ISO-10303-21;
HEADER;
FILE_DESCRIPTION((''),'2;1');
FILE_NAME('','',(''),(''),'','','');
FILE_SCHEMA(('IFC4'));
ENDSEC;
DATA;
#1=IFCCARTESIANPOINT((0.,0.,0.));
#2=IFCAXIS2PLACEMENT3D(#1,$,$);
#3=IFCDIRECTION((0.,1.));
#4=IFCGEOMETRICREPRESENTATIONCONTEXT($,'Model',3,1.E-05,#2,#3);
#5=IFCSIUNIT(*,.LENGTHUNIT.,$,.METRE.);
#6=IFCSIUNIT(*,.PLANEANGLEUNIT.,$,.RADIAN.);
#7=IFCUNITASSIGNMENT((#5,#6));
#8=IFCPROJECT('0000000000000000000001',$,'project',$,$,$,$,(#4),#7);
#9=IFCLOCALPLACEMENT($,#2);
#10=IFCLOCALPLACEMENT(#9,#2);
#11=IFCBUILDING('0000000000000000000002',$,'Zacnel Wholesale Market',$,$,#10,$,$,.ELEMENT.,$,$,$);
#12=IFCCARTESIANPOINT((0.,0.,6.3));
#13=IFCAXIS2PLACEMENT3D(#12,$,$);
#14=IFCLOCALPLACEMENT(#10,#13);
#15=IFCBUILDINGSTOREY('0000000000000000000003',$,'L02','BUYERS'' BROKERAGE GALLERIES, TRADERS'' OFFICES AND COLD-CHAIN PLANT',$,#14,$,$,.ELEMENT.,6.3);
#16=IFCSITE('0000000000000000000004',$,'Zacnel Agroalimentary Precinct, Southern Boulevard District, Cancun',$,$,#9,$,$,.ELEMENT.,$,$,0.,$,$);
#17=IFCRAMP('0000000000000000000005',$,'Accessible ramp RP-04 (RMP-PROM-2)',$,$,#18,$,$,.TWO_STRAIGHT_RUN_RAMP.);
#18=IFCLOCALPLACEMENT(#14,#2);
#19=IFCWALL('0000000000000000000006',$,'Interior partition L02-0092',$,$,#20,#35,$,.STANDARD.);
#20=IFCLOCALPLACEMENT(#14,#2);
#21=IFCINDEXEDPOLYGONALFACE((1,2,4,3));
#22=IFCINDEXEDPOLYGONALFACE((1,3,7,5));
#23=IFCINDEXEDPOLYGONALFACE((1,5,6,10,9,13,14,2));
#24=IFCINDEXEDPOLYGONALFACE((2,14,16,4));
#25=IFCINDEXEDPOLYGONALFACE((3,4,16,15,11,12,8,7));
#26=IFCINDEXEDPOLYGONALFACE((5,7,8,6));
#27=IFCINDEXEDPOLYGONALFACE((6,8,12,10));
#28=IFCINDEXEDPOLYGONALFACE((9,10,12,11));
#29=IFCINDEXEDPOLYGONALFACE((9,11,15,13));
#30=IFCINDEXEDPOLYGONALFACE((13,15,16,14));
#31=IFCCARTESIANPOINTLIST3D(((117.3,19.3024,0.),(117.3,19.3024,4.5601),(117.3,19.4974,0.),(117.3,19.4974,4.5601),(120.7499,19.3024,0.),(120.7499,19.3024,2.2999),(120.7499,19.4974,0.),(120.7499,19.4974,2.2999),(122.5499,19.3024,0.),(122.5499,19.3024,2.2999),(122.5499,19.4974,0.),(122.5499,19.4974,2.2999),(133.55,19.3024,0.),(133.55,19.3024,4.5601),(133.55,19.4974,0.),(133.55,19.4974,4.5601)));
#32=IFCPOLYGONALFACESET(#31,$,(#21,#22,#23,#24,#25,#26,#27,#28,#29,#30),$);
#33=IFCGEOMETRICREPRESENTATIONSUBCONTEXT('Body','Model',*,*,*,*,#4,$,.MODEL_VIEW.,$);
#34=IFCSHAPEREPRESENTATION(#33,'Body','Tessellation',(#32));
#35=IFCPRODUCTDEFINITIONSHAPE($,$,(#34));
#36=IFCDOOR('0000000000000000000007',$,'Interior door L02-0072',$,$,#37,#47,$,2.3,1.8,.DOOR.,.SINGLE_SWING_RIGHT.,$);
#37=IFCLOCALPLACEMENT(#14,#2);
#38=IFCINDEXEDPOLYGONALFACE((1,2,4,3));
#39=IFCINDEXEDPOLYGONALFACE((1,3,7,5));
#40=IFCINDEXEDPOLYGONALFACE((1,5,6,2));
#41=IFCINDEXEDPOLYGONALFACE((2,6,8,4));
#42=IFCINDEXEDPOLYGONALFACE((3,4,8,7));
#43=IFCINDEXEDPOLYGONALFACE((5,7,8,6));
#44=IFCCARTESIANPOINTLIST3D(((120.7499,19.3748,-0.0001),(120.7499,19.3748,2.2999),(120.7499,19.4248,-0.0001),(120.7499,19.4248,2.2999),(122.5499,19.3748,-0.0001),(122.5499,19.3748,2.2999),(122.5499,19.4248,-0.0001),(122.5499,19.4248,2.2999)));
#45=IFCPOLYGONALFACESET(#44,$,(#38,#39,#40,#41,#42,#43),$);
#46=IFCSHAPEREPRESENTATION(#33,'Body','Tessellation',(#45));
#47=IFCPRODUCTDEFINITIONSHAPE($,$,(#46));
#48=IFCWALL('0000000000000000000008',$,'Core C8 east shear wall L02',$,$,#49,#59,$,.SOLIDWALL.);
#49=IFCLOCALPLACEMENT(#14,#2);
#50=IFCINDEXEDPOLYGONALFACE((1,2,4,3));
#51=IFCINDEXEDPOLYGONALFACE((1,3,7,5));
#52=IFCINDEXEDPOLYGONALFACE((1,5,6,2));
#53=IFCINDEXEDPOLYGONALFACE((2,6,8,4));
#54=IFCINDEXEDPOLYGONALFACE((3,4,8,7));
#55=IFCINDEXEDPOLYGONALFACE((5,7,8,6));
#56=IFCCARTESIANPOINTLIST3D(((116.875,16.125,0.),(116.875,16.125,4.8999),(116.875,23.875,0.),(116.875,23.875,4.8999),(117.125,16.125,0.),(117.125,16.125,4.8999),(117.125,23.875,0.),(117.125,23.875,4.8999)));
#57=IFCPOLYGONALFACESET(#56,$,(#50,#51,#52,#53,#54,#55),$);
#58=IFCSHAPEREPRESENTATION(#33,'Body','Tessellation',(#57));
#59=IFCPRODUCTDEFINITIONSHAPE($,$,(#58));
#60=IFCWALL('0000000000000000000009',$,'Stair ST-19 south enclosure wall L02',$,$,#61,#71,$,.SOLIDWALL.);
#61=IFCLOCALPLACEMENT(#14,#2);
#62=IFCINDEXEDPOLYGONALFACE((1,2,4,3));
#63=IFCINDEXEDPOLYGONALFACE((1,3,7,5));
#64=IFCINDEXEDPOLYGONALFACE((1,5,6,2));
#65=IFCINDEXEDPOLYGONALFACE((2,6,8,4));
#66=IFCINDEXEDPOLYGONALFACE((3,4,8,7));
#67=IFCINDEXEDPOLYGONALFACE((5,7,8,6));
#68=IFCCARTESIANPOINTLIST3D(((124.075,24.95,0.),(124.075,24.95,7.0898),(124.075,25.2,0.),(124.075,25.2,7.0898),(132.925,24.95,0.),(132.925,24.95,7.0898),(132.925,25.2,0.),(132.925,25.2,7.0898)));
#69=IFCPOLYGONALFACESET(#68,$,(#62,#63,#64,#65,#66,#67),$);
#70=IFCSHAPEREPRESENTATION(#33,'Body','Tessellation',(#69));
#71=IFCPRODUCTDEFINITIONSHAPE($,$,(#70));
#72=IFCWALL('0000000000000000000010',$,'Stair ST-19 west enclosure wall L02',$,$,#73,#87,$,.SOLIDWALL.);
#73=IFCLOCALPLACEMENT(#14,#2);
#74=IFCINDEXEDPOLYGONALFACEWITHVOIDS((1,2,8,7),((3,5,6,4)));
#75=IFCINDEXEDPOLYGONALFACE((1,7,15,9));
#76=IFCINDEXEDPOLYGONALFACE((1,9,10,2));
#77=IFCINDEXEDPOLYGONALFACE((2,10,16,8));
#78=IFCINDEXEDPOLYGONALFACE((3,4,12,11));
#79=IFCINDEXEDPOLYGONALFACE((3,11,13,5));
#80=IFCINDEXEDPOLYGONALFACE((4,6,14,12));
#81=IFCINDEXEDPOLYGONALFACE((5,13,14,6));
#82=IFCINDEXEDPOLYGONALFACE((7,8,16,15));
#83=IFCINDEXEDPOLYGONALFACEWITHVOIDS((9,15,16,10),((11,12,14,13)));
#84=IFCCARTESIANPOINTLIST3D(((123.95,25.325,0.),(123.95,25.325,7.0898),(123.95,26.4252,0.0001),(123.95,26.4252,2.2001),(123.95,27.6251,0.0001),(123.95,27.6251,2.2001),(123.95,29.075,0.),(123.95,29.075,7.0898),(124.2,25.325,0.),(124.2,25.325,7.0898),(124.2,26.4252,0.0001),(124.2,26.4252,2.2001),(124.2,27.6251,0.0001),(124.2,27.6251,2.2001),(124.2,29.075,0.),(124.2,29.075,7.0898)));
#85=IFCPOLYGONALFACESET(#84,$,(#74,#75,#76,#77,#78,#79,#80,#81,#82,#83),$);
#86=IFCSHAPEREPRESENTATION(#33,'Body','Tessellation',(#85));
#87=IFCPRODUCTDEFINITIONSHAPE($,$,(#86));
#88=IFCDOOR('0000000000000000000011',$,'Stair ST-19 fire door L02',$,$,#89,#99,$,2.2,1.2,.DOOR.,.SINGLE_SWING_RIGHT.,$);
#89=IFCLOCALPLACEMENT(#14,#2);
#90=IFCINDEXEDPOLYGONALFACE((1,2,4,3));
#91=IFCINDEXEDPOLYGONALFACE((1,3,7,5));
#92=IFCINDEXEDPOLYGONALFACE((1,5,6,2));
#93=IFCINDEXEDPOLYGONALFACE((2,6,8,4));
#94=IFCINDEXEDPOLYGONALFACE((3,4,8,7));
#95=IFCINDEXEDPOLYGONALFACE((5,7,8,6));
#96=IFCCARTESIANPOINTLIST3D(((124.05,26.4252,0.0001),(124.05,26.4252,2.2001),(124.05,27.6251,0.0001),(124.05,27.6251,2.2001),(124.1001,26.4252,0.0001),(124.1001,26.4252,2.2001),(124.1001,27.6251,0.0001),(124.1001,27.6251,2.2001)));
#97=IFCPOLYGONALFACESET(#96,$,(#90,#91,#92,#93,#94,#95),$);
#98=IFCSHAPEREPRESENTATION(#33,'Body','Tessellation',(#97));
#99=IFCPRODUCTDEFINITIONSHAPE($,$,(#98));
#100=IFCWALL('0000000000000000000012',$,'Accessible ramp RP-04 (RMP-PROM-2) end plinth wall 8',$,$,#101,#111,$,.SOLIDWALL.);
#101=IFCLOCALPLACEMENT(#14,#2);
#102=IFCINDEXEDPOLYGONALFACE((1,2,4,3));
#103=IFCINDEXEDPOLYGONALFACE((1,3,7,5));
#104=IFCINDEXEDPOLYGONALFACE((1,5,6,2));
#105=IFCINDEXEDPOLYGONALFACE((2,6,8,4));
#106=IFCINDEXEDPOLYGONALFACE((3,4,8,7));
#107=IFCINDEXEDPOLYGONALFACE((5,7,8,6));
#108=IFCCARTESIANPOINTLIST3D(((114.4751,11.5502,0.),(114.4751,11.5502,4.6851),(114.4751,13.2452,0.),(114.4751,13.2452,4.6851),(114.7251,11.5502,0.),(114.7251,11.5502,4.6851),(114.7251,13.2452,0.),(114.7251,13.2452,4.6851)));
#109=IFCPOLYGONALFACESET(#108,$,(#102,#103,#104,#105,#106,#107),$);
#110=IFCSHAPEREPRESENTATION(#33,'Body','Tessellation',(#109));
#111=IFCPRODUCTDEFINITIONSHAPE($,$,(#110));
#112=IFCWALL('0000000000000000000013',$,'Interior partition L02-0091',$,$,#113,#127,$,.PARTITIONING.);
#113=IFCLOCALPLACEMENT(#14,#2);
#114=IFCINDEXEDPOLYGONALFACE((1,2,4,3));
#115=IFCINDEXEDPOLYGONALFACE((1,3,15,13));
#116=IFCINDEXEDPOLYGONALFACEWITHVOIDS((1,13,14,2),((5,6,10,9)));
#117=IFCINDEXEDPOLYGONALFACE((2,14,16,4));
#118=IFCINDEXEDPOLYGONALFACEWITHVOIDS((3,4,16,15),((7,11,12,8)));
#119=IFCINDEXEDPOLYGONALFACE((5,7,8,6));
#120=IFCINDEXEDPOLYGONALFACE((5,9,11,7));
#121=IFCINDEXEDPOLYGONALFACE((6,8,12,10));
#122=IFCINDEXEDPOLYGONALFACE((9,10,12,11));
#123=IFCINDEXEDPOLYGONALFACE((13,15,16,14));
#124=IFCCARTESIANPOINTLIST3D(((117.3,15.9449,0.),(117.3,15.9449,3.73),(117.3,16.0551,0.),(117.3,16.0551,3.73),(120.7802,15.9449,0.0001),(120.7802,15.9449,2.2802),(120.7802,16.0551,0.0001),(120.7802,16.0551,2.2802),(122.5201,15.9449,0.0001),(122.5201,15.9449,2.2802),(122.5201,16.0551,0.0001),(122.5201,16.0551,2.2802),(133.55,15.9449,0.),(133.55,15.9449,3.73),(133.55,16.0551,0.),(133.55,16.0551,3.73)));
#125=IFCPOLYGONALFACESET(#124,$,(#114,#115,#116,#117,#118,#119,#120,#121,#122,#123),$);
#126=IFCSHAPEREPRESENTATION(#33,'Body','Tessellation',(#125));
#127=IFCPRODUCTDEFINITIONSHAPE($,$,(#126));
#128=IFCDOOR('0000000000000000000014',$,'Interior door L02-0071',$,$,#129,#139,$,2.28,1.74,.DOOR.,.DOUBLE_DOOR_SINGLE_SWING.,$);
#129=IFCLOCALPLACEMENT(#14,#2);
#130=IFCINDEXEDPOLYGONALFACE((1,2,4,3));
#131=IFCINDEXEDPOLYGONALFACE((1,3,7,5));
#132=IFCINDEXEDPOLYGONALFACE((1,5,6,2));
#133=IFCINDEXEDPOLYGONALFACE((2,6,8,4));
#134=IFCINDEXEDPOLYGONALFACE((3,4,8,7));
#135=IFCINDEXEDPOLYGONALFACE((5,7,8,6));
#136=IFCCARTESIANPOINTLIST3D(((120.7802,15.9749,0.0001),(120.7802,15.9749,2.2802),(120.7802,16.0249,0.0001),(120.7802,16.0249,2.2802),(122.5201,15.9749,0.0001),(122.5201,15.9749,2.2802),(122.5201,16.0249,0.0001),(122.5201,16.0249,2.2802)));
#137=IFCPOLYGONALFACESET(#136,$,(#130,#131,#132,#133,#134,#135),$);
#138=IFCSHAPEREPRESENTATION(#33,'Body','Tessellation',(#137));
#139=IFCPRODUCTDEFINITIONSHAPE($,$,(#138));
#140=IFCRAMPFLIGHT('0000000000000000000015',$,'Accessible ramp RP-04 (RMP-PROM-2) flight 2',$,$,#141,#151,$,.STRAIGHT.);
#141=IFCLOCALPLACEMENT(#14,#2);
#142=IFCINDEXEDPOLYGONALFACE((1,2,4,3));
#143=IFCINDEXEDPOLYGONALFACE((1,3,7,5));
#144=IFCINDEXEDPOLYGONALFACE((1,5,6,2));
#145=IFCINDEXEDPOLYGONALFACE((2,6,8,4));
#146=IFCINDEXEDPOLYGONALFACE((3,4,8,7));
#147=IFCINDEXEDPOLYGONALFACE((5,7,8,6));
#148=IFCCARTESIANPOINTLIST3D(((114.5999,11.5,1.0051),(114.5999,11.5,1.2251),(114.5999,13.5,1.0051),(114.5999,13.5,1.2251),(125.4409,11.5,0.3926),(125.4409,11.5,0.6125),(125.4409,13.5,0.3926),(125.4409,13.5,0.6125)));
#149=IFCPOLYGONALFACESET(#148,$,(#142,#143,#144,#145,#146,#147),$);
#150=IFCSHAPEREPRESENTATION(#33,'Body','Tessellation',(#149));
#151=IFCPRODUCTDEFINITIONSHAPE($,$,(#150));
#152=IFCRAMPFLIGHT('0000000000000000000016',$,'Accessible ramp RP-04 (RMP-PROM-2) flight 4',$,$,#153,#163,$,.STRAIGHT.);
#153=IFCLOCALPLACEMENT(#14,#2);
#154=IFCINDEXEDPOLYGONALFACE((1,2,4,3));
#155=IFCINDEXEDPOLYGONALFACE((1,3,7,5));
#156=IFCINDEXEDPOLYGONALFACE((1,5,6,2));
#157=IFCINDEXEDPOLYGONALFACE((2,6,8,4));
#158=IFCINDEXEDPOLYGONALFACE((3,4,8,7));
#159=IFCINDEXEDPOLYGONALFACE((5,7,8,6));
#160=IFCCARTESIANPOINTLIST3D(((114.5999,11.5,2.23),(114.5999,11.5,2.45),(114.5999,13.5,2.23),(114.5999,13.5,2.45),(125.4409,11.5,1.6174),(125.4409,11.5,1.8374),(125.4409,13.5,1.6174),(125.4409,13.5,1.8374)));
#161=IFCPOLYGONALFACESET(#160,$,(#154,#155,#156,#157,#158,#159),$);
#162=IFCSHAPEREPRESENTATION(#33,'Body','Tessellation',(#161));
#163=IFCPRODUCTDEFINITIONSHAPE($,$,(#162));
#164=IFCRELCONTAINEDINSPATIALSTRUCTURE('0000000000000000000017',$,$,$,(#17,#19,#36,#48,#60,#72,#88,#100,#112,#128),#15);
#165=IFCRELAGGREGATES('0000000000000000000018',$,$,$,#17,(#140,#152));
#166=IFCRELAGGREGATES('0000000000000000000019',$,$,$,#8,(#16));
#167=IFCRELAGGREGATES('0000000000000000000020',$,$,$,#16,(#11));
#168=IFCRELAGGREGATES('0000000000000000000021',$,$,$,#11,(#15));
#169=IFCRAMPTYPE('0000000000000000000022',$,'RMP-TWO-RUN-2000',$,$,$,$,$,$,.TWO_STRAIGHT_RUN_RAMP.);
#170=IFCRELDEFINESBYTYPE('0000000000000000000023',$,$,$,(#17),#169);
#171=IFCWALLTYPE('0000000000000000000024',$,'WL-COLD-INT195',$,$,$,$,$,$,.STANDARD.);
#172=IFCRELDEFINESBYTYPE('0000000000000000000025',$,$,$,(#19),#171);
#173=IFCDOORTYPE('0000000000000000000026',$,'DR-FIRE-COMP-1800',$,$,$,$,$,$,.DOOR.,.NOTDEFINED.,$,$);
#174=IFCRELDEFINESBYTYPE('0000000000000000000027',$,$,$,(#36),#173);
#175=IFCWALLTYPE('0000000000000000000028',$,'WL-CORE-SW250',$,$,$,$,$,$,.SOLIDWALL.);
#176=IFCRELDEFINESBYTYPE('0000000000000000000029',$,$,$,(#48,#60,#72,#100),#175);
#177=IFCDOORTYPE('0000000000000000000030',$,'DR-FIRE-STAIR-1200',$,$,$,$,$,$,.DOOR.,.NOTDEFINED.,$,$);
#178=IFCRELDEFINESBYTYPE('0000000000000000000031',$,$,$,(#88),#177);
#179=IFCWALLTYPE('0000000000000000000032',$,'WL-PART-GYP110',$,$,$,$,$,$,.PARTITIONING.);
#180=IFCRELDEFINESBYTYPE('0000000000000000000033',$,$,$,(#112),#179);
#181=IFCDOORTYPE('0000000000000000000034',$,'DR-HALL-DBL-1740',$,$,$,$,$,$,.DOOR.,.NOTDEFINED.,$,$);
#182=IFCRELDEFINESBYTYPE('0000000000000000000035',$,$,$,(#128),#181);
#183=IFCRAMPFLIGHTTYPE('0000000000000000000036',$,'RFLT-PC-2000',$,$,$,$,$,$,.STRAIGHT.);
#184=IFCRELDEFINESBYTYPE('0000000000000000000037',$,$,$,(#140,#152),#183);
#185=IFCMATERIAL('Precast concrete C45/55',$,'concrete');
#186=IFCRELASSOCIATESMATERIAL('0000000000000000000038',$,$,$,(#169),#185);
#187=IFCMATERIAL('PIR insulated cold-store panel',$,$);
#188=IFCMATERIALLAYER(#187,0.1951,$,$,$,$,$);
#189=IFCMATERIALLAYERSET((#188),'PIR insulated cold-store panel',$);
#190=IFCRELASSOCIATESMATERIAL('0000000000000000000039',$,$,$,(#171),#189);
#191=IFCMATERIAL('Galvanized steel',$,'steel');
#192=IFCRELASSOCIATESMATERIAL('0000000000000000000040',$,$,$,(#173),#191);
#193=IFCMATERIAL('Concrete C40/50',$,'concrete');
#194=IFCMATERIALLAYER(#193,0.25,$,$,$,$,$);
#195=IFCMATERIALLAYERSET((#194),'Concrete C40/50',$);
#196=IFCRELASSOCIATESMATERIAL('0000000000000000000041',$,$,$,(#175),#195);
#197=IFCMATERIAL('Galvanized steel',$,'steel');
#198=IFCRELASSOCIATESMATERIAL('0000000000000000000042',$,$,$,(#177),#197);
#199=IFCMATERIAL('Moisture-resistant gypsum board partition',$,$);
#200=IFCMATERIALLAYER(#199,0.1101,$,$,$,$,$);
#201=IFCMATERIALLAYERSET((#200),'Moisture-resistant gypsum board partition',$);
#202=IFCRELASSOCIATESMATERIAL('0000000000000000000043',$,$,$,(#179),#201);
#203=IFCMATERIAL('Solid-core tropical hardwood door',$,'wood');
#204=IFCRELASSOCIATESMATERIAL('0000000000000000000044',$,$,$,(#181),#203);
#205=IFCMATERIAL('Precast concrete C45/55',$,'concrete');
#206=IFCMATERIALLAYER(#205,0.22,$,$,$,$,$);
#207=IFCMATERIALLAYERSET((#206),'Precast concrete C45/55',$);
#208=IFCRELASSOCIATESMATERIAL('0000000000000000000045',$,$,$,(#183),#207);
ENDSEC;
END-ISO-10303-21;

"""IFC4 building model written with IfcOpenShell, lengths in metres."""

from ifc_helpers import new_model, si_unit, direction, frame, frame_2d, origin, place, context, subcontext, project, spatial, polyline, rectangle, outline, extrude, material, layer, layer_set, type_object, element, fill, aggregate, save


model = new_model("IFC4")

# Units and contexts
model_context = context("Model", 3, precision=1e-05, world=origin(), true_north=direction((0.0, 1.0)))
body_context = subcontext(model_context, "Body", "Model", "MODEL_VIEW")
ifc_project = project(units=[si_unit("LENGTHUNIT", "METRE"), si_unit("PLANEANGLEUNIT", "RADIAN")], contexts=[model_context])

# Site, building, storey
site_placement = place(None, origin())
site = spatial("IfcSite", under=ifc_project, at=site_placement, Name="Zacnel Agroalimentary Precinct, Southern Boulevard District, Cancun", CompositionType="ELEMENT", RefElevation=0.0)
building_placement = place(site_placement, origin())
building = spatial("IfcBuilding", under=site, at=building_placement, Name="Zacnel Wholesale Market", CompositionType="ELEMENT")
storey_placement = place(building_placement, frame((0.0, 0.0, 6.3)))
storey = spatial("IfcBuildingStorey", under=building, at=storey_placement, Name="L02", Description="BUYERS' BROKERAGE GALLERIES, TRADERS' OFFICES AND COLD-CHAIN PLANT", CompositionType="ELEMENT", Elevation=6.3)

# Ramp
ifc_material_1 = material(Name="Precast concrete C45/55", Category="concrete")
ramp_type = type_object("IfcRampType", Name="RMP-TWO-RUN-2000", PredefinedType="TWO_STRAIGHT_RUN_RAMP", material=ifc_material_1)
ramp_placement = place(storey_placement, origin())
ramp = element("IfcRamp", 1, at=ramp_placement, inside=storey, type_object=ramp_type, Name="Accessible ramp RP-04 (RMP-PROM-2)", PredefinedType="TWO_STRAIGHT_RUN_RAMP")

# Wall, opening, door
ifc_material_2 = material(Name="PIR insulated cold-store panel")
ifc_layer_1 = layer(ifc_material_2, 0.1951)
ifc_layer_set_1 = layer_set([ifc_layer_1], Name="PIR insulated cold-store panel")
wall_type_1 = type_object("IfcWallType", Name="WL-COLD-INT195", PredefinedType="STANDARD", material=ifc_layer_set_1)
wall_1_placement = place(storey_placement, frame((117.3, 19.3999, 0.0), z_axis=(0.0, 0.0, 1.0), x_axis=(1.0, 0.0, 0.0)))
wall_1 = element("IfcWall", 2, at=wall_1_placement, inside=storey, type_object=wall_type_1, Name="Interior partition L02-0092", PredefinedType="STANDARD", context=body_context, shape_type="SweptSolid", body=[
    extrude(rectangle(XDim=16.25, YDim=0.1951, at=frame_2d((8.125, 0.0))), origin(), (0.0, 0.0, 1.0), 4.5601),
])
opening_1_placement = place(wall_1_placement, frame((3.45, 0.0, 0.0)))
opening_1 = element("IfcOpeningElement", 3, at=opening_1_placement, cuts=wall_1, PredefinedType="OPENING", context=body_context, shape_type="SweptSolid", body=[
    extrude(rectangle(XDim=1.8, YDim=2.3, at=frame_2d((0.8999, 1.1499))), frame((0.0, 0.1074, 0.0), z_axis=(0.0, -1.0, 0.0), x_axis=(1.0, 0.0, 0.0)), (0.0, 0.0, 1.0), 0.2151),
])
ifc_material_3 = material(Name="Galvanized steel", Category="steel")
door_type_1 = type_object("IfcDoorType", Name="DR-FIRE-COMP-1800", OperationType="NOTDEFINED", PredefinedType="DOOR", material=ifc_material_3)
door_1_placement = place(opening_1_placement, origin())
door_1 = element("IfcDoor", 4, at=door_1_placement, inside=storey, type_object=door_type_1, Name="Interior door L02-0072", OperationType="SINGLE_SWING_RIGHT", OverallHeight=2.3, OverallWidth=1.8, PredefinedType="DOOR", context=body_context, shape_type="SweptSolid", body=[
    extrude(rectangle(XDim=1.8, YDim=2.3, at=frame_2d((0.8999, 1.1499))), frame((0.0, 0.0249, 0.0), z_axis=(0.0, -1.0, 0.0), x_axis=(1.0, 0.0, 0.0)), (0.0, 0.0, 1.0), 0.05),
])
fill(opening_1, door_1)

# Walls
ifc_material_4 = material(Name="Concrete C40/50", Category="concrete")
ifc_layer_2 = layer(ifc_material_4, 0.25)
ifc_layer_set_2 = layer_set([ifc_layer_2], Name="Concrete C40/50")
wall_type_2 = type_object("IfcWallType", Name="WL-CORE-SW250", PredefinedType="SOLIDWALL", material=ifc_layer_set_2)
wall_2_placement = place(storey_placement, frame((117.0, 16.125, 0.0), z_axis=(0.0, 0.0, 1.0), x_axis=(0.0, 1.0, 0.0)))
element("IfcWall", 5, at=wall_2_placement, inside=storey, type_object=wall_type_2, Name="Core C8 east shear wall L02", PredefinedType="SOLIDWALL", context=body_context, shape_type="SweptSolid", body=[
    extrude(rectangle(XDim=7.75, YDim=0.25, at=frame_2d((3.875, 0.0))), origin(), (0.0, 0.0, 1.0), 4.8999),
])
wall_3_placement = place(storey_placement, frame((124.075, 25.075, 0.0), z_axis=(0.0, 0.0, 1.0), x_axis=(1.0, 0.0, 0.0)))
element("IfcWall", 6, at=wall_3_placement, inside=storey, type_object=wall_type_2, Name="Stair ST-19 south enclosure wall L02", PredefinedType="SOLIDWALL", context=body_context, shape_type="SweptSolid", body=[
    extrude(rectangle(XDim=8.8501, YDim=0.25, at=frame_2d((4.425, 0.0))), origin(), (0.0, 0.0, 1.0), 7.0898),
])

# Wall, opening, door
wall_4_placement = place(storey_placement, frame((124.075, 25.325, 0.0), z_axis=(0.0, 0.0, 1.0), x_axis=(0.0, 1.0, 0.0)))
wall_4 = element("IfcWall", 7, at=wall_4_placement, inside=storey, type_object=wall_type_2, Name="Stair ST-19 west enclosure wall L02", PredefinedType="SOLIDWALL", context=body_context, shape_type="SweptSolid", body=[
    extrude(rectangle(XDim=3.75, YDim=0.25, at=frame_2d((1.875, 0.0))), origin(), (0.0, 0.0, 1.0), 7.0898),
])
opening_2_placement = place(wall_4_placement, frame((1.1001, 0.0, 0.0)))
opening_2 = element("IfcOpeningElement", 8, at=opening_2_placement, cuts=wall_4, PredefinedType="OPENING", context=body_context, shape_type="SweptSolid", body=[
    extrude(rectangle(XDim=1.2, YDim=2.2, at=frame_2d((0.6001, 1.1001))), frame((0.0, 0.135, 0.0), z_axis=(0.0, -1.0, 0.0), x_axis=(1.0, 0.0, 0.0)), (0.0, 0.0, 1.0), 0.27),
])
ifc_material_5 = material(Name="Galvanized steel", Category="steel")
door_type_2 = type_object("IfcDoorType", Name="DR-FIRE-STAIR-1200", OperationType="NOTDEFINED", PredefinedType="DOOR", material=ifc_material_5)
door_2_placement = place(opening_2_placement, origin())
door_2 = element("IfcDoor", 9, at=door_2_placement, inside=storey, type_object=door_type_2, Name="Stair ST-19 fire door L02", OperationType="SINGLE_SWING_RIGHT", OverallHeight=2.2, OverallWidth=1.2, PredefinedType="DOOR", context=body_context, shape_type="SweptSolid", body=[
    extrude(rectangle(XDim=1.2, YDim=2.2, at=frame_2d((0.6001, 1.1001))), frame((0.0, 0.0249, 0.0), z_axis=(0.0, -1.0, 0.0), x_axis=(1.0, 0.0, 0.0)), (0.0, 0.0, 1.0), 0.05),
])
fill(opening_2, door_2)

# Wall
wall_5_placement = place(storey_placement, frame((114.6001, 11.55, 0.0), z_axis=(0.0, 0.0, 1.0), x_axis=(0.0, 1.0, 0.0)))
element("IfcWall", 10, at=wall_5_placement, inside=storey, type_object=wall_type_2, Name="Accessible ramp RP-04 (RMP-PROM-2) end plinth wall 8", PredefinedType="SOLIDWALL", context=body_context, shape_type="SweptSolid", body=[
    extrude(rectangle(XDim=1.6951, YDim=0.25, at=frame_2d((0.8477, 0.0))), origin(), (0.0, 0.0, 1.0), 4.6851),
])

# Wall, opening, door
ifc_material_6 = material(Name="Moisture-resistant gypsum board partition")
ifc_layer_3 = layer(ifc_material_6, 0.1101)
ifc_layer_set_3 = layer_set([ifc_layer_3], Name="Moisture-resistant gypsum board partition")
wall_type_3 = type_object("IfcWallType", Name="WL-PART-GYP110", PredefinedType="PARTITIONING", material=ifc_layer_set_3)
wall_6_placement = place(storey_placement, frame((117.3, 16.0, 0.0), z_axis=(0.0, 0.0, 1.0), x_axis=(1.0, 0.0, 0.0)))
wall_6 = element("IfcWall", 11, at=wall_6_placement, inside=storey, type_object=wall_type_3, Name="Interior partition L02-0091", PredefinedType="PARTITIONING", context=body_context, shape_type="SweptSolid", body=[
    extrude(rectangle(XDim=16.25, YDim=0.1101, at=frame_2d((8.125, 0.0))), origin(), (0.0, 0.0, 1.0), 3.73),
])
opening_3_placement = place(wall_6_placement, frame((3.48, 0.0, 0.0)))
opening_3 = element("IfcOpeningElement", 12, at=opening_3_placement, cuts=wall_6, PredefinedType="OPENING", context=body_context, shape_type="SweptSolid", body=[
    extrude(rectangle(XDim=1.74, YDim=2.28, at=frame_2d((0.8701, 1.1401))), frame((0.0, 0.0649, 0.0), z_axis=(0.0, -1.0, 0.0), x_axis=(1.0, 0.0, 0.0)), (0.0, 0.0, 1.0), 0.1301),
])
ifc_material_7 = material(Name="Solid-core tropical hardwood door", Category="wood")
door_type_3 = type_object("IfcDoorType", Name="DR-HALL-DBL-1740", OperationType="NOTDEFINED", PredefinedType="DOOR", material=ifc_material_7)
door_3_placement = place(opening_3_placement, origin())
door_3 = element("IfcDoor", 13, at=door_3_placement, inside=storey, type_object=door_type_3, Name="Interior door L02-0071", OperationType="DOUBLE_DOOR_SINGLE_SWING", OverallHeight=2.28, OverallWidth=1.74, PredefinedType="DOOR", context=body_context, shape_type="SweptSolid", body=[
    extrude(rectangle(XDim=1.74, YDim=2.28, at=frame_2d((0.8701, 1.1401))), frame((0.0, 0.0249, 0.0), z_axis=(0.0, -1.0, 0.0), x_axis=(1.0, 0.0, 0.0)), (0.0, 0.0, 1.0), 0.05),
])
fill(opening_3, door_3)

# Ramp flights
ifc_material_8 = material(Name="Precast concrete C45/55", Category="concrete")
ifc_layer_4 = layer(ifc_material_8, 0.22)
ifc_layer_set_4 = layer_set([ifc_layer_4], Name="Precast concrete C45/55")
ramp_flight_type = type_object("IfcRampFlightType", Name="RFLT-PC-2000", PredefinedType="STRAIGHT", material=ifc_layer_set_4)
ramp_flight_1_placement = place(storey_placement, frame((125.4409, 12.5, 0.6125), z_axis=(0.0, 0.0, 1.0), x_axis=(-1.0, 0.0, 0.0)))
ramp_flight_1 = element("IfcRampFlight", 14, at=ramp_flight_1_placement, type_object=ramp_flight_type, Name="Accessible ramp RP-04 (RMP-PROM-2) flight 2", PredefinedType="STRAIGHT", context=body_context, shape_type="SweptSolid", body=[
    extrude(outline(polyline([(0.0, 0.0), (10.8411, 0.6125), (10.8411, 0.3926), (0.0, -0.22), (0.0, 0.0)])), frame((0.0, 1.0, 0.0), z_axis=(0.0, -1.0, 0.0), x_axis=(1.0, 0.0, 0.0)), (0.0, 0.0, 1.0), 2.0),
])
ramp_flight_2_placement = place(storey_placement, frame((125.4409, 12.5, 1.8374), z_axis=(0.0, 0.0, 1.0), x_axis=(-1.0, 0.0, 0.0)))
ramp_flight_2 = element("IfcRampFlight", 15, at=ramp_flight_2_placement, type_object=ramp_flight_type, Name="Accessible ramp RP-04 (RMP-PROM-2) flight 4", PredefinedType="STRAIGHT", context=body_context, shape_type="SweptSolid", body=[
    extrude(outline(polyline([(0.0, 0.0), (10.8411, 0.6125), (10.8411, 0.3926), (0.0, -0.22), (0.0, 0.0)])), frame((0.0, 1.0, 0.0), z_axis=(0.0, -1.0, 0.0), x_axis=(1.0, 0.0, 0.0)), (0.0, 0.0, 1.0), 2.0),
])
aggregate(ramp, [ramp_flight_1, ramp_flight_2])

save(model, "model.ifc")
